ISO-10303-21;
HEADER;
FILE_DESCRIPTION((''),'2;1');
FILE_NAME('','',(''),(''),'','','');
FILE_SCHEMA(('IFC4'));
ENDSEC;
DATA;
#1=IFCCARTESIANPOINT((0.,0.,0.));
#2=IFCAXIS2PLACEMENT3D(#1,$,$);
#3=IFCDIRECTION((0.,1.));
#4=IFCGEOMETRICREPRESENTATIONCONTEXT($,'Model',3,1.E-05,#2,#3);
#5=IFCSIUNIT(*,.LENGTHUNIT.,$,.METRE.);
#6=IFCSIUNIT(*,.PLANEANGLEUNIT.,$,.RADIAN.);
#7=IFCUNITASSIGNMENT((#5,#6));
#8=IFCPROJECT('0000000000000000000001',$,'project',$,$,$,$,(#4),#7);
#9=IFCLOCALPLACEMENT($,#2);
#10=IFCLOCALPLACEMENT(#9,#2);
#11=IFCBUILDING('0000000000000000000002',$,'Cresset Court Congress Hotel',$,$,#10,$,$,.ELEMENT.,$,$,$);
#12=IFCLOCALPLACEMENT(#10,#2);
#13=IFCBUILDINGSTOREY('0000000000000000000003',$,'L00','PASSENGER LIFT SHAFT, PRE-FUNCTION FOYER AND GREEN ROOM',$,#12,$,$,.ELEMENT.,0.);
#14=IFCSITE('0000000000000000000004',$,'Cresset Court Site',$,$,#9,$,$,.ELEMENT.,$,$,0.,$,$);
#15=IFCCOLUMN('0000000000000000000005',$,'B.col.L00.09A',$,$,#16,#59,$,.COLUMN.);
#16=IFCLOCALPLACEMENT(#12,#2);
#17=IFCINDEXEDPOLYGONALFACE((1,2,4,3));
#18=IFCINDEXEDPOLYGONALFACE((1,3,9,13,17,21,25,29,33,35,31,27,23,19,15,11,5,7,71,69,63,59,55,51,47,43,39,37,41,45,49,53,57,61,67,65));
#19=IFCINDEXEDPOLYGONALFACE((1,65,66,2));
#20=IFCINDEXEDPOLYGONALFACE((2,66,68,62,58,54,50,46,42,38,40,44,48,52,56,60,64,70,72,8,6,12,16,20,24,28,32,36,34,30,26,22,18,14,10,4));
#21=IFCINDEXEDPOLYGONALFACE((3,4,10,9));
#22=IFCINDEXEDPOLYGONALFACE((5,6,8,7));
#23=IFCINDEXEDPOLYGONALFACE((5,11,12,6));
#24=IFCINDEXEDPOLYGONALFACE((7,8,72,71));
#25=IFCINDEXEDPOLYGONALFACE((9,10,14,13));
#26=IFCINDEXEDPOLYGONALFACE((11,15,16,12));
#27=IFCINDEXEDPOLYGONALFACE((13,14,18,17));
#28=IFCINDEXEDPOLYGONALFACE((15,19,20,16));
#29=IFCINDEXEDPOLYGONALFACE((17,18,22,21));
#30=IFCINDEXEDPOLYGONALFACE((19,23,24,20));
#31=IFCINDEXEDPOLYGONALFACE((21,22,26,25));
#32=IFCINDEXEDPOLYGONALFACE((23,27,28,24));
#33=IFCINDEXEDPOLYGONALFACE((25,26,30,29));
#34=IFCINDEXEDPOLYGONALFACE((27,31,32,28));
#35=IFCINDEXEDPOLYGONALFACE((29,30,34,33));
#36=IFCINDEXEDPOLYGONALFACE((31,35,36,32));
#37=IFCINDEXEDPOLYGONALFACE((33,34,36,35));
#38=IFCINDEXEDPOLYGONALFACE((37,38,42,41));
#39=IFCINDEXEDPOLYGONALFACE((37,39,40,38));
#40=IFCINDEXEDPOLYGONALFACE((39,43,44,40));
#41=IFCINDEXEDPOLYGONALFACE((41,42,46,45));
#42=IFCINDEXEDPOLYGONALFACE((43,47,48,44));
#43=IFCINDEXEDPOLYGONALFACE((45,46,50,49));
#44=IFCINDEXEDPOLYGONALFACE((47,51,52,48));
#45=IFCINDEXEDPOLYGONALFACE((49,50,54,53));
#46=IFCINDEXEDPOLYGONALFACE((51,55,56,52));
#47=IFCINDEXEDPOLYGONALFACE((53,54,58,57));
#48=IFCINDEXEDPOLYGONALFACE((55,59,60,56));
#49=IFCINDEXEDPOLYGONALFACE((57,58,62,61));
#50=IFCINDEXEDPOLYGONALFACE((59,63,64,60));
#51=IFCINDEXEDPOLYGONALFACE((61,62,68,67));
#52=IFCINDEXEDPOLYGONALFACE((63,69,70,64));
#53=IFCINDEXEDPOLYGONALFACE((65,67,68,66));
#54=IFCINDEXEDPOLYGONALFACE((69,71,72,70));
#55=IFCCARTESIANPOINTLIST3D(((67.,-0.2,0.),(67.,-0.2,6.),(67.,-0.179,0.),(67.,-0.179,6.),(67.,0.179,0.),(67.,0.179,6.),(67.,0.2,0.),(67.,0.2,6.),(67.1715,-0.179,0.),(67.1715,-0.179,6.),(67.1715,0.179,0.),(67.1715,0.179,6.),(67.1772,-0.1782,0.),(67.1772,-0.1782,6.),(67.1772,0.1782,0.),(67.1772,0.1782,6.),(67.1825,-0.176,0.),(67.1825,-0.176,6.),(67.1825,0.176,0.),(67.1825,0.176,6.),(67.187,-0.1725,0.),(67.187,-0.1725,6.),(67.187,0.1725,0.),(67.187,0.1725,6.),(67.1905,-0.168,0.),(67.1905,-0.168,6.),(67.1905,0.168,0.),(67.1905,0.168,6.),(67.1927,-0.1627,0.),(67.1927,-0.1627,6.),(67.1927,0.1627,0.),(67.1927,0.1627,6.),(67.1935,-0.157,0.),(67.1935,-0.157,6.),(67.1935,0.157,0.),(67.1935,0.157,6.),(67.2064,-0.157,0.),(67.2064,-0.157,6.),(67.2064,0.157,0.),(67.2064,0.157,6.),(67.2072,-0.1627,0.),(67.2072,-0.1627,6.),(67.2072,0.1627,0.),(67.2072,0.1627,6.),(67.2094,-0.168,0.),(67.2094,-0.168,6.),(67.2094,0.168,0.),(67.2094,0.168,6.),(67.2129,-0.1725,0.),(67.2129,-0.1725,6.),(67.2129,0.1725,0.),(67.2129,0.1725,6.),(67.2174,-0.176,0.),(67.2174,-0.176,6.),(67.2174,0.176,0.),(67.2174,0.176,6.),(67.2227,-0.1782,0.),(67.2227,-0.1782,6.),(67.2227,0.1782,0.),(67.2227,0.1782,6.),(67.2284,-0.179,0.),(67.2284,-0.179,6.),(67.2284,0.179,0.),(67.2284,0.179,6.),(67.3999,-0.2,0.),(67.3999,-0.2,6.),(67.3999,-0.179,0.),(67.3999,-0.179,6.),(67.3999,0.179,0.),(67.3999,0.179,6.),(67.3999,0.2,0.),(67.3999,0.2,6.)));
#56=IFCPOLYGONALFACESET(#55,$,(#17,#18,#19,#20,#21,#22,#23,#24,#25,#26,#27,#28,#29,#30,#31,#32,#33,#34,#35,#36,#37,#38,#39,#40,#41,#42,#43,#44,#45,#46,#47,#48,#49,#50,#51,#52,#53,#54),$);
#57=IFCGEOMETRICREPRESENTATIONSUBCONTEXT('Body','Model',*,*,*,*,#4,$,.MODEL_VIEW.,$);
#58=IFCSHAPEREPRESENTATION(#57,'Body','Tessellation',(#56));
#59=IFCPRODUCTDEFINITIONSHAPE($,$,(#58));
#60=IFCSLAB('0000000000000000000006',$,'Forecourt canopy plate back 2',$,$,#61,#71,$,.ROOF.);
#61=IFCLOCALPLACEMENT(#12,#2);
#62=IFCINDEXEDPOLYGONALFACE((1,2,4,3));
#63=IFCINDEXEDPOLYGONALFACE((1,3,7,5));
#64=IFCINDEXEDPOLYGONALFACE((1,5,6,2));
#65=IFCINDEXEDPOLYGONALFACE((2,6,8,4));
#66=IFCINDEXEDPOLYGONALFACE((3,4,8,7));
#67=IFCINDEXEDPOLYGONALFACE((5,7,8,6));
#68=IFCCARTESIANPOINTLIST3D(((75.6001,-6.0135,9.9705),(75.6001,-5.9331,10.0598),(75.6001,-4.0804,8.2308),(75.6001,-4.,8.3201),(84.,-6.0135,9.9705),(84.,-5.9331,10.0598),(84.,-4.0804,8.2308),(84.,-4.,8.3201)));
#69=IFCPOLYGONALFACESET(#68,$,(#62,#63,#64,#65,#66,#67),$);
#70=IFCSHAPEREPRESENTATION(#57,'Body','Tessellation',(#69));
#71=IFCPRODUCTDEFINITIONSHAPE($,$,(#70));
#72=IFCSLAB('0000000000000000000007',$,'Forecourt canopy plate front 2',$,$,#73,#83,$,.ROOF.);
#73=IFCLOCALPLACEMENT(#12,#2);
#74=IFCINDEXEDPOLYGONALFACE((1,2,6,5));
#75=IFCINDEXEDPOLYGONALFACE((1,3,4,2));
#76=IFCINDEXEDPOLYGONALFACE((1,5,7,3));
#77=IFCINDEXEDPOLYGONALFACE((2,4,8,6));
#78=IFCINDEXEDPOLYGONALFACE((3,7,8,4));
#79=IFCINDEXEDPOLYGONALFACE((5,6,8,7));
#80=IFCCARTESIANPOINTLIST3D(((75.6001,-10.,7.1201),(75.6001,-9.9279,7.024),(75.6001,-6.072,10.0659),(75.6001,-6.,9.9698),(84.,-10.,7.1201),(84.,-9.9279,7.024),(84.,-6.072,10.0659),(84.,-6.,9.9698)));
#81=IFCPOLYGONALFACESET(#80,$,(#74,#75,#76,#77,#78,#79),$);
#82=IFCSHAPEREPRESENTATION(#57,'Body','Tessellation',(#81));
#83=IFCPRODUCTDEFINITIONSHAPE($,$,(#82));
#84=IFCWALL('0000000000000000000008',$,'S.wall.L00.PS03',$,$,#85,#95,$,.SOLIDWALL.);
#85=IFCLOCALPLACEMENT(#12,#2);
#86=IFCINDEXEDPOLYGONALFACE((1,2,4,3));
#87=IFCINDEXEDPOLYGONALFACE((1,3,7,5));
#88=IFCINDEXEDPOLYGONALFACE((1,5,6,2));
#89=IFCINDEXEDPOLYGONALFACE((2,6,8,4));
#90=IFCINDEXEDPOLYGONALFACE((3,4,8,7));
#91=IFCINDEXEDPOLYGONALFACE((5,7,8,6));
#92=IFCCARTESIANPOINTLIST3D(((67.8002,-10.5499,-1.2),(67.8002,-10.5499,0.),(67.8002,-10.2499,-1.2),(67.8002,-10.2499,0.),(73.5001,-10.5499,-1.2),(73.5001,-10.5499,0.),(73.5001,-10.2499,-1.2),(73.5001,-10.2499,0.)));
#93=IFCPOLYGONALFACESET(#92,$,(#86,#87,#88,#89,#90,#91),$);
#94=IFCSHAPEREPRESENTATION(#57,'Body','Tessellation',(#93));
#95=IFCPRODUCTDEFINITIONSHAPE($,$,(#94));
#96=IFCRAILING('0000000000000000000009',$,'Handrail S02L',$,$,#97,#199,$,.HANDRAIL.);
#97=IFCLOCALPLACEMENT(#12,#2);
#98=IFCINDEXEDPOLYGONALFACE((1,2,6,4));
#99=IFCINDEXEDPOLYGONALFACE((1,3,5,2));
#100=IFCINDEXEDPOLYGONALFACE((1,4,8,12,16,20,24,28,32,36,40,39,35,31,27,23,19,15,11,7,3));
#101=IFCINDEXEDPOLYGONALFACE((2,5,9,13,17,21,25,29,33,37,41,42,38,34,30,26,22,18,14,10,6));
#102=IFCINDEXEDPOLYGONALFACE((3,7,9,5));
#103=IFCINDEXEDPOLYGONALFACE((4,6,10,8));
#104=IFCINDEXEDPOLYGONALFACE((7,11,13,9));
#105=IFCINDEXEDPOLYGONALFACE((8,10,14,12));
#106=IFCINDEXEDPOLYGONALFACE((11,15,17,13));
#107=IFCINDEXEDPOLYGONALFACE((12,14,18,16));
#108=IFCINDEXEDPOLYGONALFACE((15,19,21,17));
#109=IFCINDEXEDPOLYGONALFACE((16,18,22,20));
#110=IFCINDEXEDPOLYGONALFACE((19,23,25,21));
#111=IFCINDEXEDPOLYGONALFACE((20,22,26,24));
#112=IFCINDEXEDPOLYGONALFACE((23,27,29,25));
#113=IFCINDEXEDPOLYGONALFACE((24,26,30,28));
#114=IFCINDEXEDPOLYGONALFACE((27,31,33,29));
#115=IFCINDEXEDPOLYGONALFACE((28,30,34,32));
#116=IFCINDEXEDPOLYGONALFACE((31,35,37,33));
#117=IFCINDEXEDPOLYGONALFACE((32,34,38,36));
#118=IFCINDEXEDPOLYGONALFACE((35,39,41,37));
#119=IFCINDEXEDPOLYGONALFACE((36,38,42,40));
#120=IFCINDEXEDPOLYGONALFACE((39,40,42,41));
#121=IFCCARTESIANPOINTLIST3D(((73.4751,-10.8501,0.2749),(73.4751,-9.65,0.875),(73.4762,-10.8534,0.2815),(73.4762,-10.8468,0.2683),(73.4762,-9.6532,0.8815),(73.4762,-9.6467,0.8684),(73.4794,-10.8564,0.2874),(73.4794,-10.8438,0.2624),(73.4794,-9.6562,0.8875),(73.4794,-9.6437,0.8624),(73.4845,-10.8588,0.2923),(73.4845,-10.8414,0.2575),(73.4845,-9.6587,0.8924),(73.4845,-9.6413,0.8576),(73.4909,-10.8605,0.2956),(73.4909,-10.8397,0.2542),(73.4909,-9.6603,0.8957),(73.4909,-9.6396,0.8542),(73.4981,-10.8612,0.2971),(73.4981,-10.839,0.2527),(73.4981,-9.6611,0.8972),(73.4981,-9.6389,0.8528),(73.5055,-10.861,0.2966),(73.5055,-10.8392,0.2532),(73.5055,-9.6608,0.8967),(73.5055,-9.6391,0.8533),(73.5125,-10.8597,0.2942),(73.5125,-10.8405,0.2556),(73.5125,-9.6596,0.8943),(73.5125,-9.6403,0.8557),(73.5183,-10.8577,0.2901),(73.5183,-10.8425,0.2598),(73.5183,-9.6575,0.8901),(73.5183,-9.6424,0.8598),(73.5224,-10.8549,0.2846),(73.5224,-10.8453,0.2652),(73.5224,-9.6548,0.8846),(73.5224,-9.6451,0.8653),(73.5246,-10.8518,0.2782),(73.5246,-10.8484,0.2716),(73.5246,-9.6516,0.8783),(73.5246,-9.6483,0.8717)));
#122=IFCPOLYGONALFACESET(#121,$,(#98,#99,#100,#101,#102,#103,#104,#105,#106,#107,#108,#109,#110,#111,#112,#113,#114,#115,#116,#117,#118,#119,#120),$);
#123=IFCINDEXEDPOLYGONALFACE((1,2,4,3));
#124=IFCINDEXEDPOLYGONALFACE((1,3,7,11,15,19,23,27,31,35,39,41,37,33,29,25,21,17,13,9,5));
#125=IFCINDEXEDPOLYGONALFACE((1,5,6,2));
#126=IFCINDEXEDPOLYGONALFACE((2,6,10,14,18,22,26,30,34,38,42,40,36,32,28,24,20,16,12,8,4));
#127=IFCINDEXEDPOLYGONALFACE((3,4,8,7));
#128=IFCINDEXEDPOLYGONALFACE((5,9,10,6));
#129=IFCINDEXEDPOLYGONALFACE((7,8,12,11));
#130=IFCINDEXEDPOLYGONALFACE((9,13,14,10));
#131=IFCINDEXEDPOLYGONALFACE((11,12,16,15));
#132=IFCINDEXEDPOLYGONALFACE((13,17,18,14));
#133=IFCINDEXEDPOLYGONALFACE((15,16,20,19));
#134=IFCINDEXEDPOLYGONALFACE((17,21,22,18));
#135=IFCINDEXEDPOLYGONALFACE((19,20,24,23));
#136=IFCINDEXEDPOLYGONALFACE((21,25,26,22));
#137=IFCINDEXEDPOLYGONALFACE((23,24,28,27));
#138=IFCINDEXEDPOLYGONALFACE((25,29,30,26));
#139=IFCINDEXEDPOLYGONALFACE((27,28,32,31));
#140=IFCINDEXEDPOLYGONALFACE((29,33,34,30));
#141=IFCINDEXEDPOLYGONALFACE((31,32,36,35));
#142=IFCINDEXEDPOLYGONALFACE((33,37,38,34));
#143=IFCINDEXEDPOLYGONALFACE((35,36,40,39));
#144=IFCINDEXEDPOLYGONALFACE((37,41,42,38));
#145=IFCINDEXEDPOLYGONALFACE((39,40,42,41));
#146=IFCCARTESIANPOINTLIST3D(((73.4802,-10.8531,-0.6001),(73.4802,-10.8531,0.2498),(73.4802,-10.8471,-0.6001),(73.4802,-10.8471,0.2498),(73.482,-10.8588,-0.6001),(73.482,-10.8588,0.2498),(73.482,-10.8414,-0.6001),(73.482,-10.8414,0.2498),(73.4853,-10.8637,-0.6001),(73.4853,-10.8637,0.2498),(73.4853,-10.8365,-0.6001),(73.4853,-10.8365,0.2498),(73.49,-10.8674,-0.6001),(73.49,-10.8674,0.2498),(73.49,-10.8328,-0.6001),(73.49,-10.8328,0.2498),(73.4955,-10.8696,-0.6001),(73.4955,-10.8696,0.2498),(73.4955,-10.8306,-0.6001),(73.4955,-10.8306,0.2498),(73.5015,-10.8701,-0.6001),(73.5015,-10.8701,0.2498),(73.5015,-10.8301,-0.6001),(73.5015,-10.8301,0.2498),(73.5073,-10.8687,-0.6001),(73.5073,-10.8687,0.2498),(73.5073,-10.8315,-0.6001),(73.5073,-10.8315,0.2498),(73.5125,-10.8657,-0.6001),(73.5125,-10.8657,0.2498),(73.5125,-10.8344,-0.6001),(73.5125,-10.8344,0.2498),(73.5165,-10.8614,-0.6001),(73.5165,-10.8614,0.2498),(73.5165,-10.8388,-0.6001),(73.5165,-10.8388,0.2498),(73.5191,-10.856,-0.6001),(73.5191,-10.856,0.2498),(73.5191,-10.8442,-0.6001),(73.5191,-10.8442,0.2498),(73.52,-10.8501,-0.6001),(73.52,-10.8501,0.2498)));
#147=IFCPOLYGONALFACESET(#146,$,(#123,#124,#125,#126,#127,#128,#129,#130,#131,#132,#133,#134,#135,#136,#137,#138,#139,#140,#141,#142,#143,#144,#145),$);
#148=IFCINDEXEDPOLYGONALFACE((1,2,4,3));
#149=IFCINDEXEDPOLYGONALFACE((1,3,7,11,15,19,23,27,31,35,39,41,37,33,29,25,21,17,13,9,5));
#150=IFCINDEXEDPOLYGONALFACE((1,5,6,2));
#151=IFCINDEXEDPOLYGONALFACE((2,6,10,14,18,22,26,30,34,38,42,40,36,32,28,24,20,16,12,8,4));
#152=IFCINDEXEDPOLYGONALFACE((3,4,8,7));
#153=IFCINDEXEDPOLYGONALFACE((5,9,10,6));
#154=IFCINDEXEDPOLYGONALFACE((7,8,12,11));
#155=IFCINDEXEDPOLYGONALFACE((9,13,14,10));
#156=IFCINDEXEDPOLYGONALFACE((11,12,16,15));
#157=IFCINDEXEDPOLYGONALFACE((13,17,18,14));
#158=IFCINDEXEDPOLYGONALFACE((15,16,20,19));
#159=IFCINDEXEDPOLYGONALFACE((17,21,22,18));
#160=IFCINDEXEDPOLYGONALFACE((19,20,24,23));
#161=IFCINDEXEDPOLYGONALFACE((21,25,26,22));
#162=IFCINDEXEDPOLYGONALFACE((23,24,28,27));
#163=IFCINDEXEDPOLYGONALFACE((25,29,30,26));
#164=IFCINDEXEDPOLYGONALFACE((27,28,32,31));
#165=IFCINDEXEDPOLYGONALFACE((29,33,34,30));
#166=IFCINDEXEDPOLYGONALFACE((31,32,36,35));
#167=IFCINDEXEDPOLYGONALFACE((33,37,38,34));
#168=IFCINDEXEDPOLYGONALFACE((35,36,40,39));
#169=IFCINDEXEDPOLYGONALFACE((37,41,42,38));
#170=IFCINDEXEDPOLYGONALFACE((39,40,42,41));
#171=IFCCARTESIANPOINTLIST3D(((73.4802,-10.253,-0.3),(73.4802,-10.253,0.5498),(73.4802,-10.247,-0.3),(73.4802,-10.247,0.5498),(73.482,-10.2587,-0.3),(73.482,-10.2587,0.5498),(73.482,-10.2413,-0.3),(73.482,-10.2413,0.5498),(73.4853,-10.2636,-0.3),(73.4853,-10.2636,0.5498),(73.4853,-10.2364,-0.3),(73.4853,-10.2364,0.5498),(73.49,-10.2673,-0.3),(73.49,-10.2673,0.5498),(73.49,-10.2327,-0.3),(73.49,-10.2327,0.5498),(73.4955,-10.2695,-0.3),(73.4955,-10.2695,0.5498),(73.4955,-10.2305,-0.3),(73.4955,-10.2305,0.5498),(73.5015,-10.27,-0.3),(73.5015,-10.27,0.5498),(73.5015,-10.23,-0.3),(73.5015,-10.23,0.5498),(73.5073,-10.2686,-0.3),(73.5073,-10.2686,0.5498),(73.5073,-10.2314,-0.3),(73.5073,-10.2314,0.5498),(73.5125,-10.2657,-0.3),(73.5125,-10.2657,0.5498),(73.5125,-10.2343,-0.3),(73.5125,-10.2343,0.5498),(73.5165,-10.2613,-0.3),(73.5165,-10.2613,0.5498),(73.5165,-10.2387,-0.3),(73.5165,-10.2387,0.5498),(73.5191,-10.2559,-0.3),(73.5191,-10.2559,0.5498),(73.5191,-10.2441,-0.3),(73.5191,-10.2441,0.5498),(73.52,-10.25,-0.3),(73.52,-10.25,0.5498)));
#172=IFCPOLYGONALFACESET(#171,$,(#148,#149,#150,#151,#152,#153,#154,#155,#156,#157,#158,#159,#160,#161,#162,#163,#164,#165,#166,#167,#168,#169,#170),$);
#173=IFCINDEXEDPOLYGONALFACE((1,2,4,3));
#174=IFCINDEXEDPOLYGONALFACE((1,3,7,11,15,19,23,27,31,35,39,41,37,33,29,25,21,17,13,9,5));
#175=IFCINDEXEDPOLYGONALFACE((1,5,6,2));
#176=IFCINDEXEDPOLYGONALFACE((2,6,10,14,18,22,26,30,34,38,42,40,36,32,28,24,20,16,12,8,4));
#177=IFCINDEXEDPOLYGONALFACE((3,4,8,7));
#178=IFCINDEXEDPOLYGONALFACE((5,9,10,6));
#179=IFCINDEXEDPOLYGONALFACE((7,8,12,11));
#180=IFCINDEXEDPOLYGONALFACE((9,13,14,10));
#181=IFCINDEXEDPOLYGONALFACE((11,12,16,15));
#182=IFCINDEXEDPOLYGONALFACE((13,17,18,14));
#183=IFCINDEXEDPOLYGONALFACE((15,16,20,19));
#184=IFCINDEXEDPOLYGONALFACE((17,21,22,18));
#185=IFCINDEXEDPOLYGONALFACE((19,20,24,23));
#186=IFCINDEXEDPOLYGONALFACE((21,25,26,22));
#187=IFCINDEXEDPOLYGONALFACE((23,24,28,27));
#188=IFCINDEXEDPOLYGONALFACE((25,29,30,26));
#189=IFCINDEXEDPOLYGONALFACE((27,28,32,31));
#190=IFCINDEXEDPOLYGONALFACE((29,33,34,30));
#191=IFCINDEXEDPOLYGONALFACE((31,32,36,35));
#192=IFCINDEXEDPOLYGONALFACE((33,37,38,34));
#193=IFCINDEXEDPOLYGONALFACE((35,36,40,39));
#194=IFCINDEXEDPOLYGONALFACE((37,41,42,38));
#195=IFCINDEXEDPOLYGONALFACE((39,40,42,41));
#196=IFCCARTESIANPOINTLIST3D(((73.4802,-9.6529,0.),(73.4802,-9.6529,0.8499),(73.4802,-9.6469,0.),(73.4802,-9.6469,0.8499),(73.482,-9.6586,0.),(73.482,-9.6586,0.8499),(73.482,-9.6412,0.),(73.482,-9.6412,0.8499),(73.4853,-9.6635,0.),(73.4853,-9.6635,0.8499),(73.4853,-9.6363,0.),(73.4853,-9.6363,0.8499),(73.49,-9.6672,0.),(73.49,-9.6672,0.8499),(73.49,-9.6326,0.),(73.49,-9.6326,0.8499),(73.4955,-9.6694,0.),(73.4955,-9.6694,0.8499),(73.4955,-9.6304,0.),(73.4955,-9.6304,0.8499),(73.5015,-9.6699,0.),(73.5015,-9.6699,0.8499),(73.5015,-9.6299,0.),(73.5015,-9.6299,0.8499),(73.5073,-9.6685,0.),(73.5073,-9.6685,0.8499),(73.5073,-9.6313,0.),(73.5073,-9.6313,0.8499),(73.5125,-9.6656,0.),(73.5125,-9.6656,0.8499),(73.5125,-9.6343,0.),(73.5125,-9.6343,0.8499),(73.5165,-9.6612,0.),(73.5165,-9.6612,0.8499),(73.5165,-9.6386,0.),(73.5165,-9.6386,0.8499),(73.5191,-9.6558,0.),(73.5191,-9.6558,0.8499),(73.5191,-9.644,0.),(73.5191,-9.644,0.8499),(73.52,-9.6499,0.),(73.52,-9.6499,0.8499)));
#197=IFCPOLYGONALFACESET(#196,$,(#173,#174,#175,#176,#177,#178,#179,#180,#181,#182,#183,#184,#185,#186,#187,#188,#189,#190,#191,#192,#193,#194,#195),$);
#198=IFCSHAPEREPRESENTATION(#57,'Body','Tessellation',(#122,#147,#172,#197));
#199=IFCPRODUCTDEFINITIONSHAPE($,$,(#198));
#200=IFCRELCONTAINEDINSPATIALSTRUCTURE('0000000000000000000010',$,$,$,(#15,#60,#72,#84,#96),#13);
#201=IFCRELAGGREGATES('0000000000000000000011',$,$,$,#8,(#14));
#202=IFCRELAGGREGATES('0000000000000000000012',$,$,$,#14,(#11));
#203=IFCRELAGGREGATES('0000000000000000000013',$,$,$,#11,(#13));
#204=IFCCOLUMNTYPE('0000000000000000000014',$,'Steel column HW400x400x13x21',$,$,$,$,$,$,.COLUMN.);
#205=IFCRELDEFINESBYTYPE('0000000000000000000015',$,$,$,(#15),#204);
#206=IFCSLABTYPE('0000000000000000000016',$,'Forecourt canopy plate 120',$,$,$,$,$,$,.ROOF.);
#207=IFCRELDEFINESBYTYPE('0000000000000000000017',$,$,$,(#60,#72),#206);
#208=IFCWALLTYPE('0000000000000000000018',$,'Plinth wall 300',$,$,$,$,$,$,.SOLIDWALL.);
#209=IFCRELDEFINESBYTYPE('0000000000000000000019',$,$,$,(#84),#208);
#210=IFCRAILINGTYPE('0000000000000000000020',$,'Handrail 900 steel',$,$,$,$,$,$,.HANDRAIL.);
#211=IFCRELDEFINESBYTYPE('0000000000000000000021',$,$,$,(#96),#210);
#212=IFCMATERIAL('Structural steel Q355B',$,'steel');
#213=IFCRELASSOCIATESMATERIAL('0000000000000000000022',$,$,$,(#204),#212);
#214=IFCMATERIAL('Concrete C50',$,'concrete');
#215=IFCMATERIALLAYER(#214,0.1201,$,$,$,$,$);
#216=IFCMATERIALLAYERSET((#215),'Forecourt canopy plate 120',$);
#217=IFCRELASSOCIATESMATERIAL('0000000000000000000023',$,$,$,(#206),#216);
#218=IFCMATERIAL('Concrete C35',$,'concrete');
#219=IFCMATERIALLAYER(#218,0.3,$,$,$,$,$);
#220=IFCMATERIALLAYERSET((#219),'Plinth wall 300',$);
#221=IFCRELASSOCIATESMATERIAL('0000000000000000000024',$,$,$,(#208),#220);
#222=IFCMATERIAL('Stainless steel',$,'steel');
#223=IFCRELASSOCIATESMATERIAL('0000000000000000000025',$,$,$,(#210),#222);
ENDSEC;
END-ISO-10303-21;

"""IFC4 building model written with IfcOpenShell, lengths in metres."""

from ifc_helpers import new_model, si_unit, direction, frame, frame_2d, origin, origin_2d, place, context, subcontext, project, spatial, polyline, rectangle, circle, i_section, outline, extrude, material, layer, layer_set, material_profile, profile_set, type_object, element, save


model = new_model("IFC4")

# Units and contexts
model_context = context("Model", 3, precision=1e-05, world=origin(), true_north=direction((0.0, 1.0)))
body_context = subcontext(model_context, "Body", "Model", "MODEL_VIEW")
ifc_project = project(units=[si_unit("LENGTHUNIT", "METRE"), si_unit("PLANEANGLEUNIT", "RADIAN")], contexts=[model_context])

# Site, building, storey
site_placement = place(None, origin())
site = spatial("IfcSite", under=ifc_project, at=site_placement, Name="Cresset Court Site", CompositionType="ELEMENT", RefElevation=0.0)
building_placement = place(site_placement, origin())
building = spatial("IfcBuilding", under=site, at=building_placement, Name="Cresset Court Congress Hotel", CompositionType="ELEMENT")
storey_placement = place(building_placement, origin())
storey = spatial("IfcBuildingStorey", under=building, at=storey_placement, Name="L00", Description="PASSENGER LIFT SHAFT, PRE-FUNCTION FOYER AND GREEN ROOM", CompositionType="ELEMENT", Elevation=0.0)

# Column
ifc_material_1 = material(Name="Structural steel Q355B", Category="steel")
ifc_material_profile_1 = material_profile(ifc_material_1, i_section(OverallWidth=0.3999, OverallDepth=0.3999, WebThickness=0.0129, FlangeThickness=0.021, FilletRadius=0.022, at=origin_2d()), Name="HW400x400x13x21")
ifc_profile_set_1 = profile_set([ifc_material_profile_1], Name="Structural steel Q355B")
column_type_1 = type_object("IfcColumnType", Name="Steel column HW400x400x13x21", PredefinedType="COLUMN", material=ifc_profile_set_1)
column_1_placement = place(storey_placement, frame((67.2, 0.0, 0.0), z_axis=(0.0, 0.0, 1.0), x_axis=(1.0, 0.0, 0.0)))
element("IfcColumn", 1, at=column_1_placement, inside=storey, type_object=column_type_1, Name="B.col.L00.09A", PredefinedType="COLUMN", context=body_context, shape_type="SweptSolid", body=[
    extrude(i_section(OverallWidth=0.3999, OverallDepth=0.3999, WebThickness=0.0129, FlangeThickness=0.021, FilletRadius=0.022, at=origin_2d()), origin(), (0.0, 0.0, 1.0), 6.0),
])

# Slabs
ifc_material_2 = material(Name="Concrete C50", Category="concrete")
ifc_layer_1 = layer(ifc_material_2, 0.1201)
ifc_layer_set_1 = layer_set([ifc_layer_1], Name="Forecourt canopy plate 120")
slab_type = type_object("IfcSlabType", Name="Forecourt canopy plate 120", PredefinedType="ROOF", material=ifc_layer_set_1)
slab_1_placement = place(storey_placement, frame((75.6001, -5.9331, 10.0598), z_axis=(0.0, 0.668954, 0.743303), x_axis=(1.0, 0.0, 0.0)))
element("IfcSlab", 2, at=slab_1_placement, inside=storey, type_object=slab_type, Name="Forecourt canopy plate back 2", PredefinedType="ROOF", context=body_context, shape_type="SweptSolid", body=[
    extrude(outline(polyline([(0.0, 0.0), (8.3999, 0.0), (8.3999, 2.6007), (0.0, 2.6007), (0.0, 0.0)])), origin(), (0.0, 0.0, -1.0), 0.1201),
])
slab_2_placement = place(storey_placement, frame((75.6001, -6.072, 10.0659), z_axis=(0.0, -0.599976, 0.800018), x_axis=(1.0, 0.0, 0.0)))
element("IfcSlab", 3, at=slab_2_placement, inside=storey, type_object=slab_type, Name="Forecourt canopy plate front 2", PredefinedType="ROOF", context=body_context, shape_type="SweptSolid", body=[
    extrude(outline(polyline([(0.0, 0.0), (8.3999, 0.0), (8.3999, -4.9099), (0.0, -4.9099), (0.0, 0.0)])), origin(), (0.0, 0.0, -1.0), 0.1201),
])

# Wall
ifc_material_3 = material(Name="Concrete C35", Category="concrete")
ifc_layer_2 = layer(ifc_material_3, 0.3)
ifc_layer_set_2 = layer_set([ifc_layer_2], Name="Plinth wall 300")
wall_type = type_object("IfcWallType", Name="Plinth wall 300", PredefinedType="SOLIDWALL", material=ifc_layer_set_2)
wall_placement = place(storey_placement, frame((67.8, -10.3999, -1.2), z_axis=(0.0, 0.0, 1.0), x_axis=(1.0, 0.0, 0.0)))
element("IfcWall", 4, at=wall_placement, inside=storey, type_object=wall_type, Name="S.wall.L00.PS03", PredefinedType="SOLIDWALL", context=body_context, shape_type="SweptSolid", body=[
    extrude(rectangle(XDim=5.7, YDim=0.3, at=frame_2d((2.8501, 0.0))), origin(), (0.0, 0.0, 1.0), 1.2),
])

# Railing
ifc_material_4 = material(Name="Stainless steel", Category="steel")
railing_type = type_object("IfcRailingType", Name="Handrail 900 steel", PredefinedType="HANDRAIL", material=ifc_material_4)
railing_placement = place(storey_placement, frame((73.5, -10.8501, -0.6001)))
element("IfcRailing", 5, at=railing_placement, inside=storey, type_object=railing_type, Name="Handrail S02L", PredefinedType="HANDRAIL", context=body_context, shape_type="SweptSolid", body=[
    extrude(circle(Radius=0.0249, at=origin_2d()), frame((0.0, 0.0, 0.875), z_axis=(0.0, 0.894427, 0.447214), x_axis=(-1.0, 0.0, 0.0)), (0.0, 0.0, 1.0), 1.3418),
    extrude(circle(Radius=0.02, at=origin_2d()), origin(), (0.0, 0.0, 1.0), 0.8499),
    extrude(circle(Radius=0.02, at=origin_2d()), frame((0.0, 0.6001, 0.3)), (0.0, 0.0, 1.0), 0.8499),
    extrude(circle(Radius=0.02, at=origin_2d()), frame((0.0, 1.2002, 0.6001)), (0.0, 0.0, 1.0), 0.8499),
])

save(model, "model.ifc")
